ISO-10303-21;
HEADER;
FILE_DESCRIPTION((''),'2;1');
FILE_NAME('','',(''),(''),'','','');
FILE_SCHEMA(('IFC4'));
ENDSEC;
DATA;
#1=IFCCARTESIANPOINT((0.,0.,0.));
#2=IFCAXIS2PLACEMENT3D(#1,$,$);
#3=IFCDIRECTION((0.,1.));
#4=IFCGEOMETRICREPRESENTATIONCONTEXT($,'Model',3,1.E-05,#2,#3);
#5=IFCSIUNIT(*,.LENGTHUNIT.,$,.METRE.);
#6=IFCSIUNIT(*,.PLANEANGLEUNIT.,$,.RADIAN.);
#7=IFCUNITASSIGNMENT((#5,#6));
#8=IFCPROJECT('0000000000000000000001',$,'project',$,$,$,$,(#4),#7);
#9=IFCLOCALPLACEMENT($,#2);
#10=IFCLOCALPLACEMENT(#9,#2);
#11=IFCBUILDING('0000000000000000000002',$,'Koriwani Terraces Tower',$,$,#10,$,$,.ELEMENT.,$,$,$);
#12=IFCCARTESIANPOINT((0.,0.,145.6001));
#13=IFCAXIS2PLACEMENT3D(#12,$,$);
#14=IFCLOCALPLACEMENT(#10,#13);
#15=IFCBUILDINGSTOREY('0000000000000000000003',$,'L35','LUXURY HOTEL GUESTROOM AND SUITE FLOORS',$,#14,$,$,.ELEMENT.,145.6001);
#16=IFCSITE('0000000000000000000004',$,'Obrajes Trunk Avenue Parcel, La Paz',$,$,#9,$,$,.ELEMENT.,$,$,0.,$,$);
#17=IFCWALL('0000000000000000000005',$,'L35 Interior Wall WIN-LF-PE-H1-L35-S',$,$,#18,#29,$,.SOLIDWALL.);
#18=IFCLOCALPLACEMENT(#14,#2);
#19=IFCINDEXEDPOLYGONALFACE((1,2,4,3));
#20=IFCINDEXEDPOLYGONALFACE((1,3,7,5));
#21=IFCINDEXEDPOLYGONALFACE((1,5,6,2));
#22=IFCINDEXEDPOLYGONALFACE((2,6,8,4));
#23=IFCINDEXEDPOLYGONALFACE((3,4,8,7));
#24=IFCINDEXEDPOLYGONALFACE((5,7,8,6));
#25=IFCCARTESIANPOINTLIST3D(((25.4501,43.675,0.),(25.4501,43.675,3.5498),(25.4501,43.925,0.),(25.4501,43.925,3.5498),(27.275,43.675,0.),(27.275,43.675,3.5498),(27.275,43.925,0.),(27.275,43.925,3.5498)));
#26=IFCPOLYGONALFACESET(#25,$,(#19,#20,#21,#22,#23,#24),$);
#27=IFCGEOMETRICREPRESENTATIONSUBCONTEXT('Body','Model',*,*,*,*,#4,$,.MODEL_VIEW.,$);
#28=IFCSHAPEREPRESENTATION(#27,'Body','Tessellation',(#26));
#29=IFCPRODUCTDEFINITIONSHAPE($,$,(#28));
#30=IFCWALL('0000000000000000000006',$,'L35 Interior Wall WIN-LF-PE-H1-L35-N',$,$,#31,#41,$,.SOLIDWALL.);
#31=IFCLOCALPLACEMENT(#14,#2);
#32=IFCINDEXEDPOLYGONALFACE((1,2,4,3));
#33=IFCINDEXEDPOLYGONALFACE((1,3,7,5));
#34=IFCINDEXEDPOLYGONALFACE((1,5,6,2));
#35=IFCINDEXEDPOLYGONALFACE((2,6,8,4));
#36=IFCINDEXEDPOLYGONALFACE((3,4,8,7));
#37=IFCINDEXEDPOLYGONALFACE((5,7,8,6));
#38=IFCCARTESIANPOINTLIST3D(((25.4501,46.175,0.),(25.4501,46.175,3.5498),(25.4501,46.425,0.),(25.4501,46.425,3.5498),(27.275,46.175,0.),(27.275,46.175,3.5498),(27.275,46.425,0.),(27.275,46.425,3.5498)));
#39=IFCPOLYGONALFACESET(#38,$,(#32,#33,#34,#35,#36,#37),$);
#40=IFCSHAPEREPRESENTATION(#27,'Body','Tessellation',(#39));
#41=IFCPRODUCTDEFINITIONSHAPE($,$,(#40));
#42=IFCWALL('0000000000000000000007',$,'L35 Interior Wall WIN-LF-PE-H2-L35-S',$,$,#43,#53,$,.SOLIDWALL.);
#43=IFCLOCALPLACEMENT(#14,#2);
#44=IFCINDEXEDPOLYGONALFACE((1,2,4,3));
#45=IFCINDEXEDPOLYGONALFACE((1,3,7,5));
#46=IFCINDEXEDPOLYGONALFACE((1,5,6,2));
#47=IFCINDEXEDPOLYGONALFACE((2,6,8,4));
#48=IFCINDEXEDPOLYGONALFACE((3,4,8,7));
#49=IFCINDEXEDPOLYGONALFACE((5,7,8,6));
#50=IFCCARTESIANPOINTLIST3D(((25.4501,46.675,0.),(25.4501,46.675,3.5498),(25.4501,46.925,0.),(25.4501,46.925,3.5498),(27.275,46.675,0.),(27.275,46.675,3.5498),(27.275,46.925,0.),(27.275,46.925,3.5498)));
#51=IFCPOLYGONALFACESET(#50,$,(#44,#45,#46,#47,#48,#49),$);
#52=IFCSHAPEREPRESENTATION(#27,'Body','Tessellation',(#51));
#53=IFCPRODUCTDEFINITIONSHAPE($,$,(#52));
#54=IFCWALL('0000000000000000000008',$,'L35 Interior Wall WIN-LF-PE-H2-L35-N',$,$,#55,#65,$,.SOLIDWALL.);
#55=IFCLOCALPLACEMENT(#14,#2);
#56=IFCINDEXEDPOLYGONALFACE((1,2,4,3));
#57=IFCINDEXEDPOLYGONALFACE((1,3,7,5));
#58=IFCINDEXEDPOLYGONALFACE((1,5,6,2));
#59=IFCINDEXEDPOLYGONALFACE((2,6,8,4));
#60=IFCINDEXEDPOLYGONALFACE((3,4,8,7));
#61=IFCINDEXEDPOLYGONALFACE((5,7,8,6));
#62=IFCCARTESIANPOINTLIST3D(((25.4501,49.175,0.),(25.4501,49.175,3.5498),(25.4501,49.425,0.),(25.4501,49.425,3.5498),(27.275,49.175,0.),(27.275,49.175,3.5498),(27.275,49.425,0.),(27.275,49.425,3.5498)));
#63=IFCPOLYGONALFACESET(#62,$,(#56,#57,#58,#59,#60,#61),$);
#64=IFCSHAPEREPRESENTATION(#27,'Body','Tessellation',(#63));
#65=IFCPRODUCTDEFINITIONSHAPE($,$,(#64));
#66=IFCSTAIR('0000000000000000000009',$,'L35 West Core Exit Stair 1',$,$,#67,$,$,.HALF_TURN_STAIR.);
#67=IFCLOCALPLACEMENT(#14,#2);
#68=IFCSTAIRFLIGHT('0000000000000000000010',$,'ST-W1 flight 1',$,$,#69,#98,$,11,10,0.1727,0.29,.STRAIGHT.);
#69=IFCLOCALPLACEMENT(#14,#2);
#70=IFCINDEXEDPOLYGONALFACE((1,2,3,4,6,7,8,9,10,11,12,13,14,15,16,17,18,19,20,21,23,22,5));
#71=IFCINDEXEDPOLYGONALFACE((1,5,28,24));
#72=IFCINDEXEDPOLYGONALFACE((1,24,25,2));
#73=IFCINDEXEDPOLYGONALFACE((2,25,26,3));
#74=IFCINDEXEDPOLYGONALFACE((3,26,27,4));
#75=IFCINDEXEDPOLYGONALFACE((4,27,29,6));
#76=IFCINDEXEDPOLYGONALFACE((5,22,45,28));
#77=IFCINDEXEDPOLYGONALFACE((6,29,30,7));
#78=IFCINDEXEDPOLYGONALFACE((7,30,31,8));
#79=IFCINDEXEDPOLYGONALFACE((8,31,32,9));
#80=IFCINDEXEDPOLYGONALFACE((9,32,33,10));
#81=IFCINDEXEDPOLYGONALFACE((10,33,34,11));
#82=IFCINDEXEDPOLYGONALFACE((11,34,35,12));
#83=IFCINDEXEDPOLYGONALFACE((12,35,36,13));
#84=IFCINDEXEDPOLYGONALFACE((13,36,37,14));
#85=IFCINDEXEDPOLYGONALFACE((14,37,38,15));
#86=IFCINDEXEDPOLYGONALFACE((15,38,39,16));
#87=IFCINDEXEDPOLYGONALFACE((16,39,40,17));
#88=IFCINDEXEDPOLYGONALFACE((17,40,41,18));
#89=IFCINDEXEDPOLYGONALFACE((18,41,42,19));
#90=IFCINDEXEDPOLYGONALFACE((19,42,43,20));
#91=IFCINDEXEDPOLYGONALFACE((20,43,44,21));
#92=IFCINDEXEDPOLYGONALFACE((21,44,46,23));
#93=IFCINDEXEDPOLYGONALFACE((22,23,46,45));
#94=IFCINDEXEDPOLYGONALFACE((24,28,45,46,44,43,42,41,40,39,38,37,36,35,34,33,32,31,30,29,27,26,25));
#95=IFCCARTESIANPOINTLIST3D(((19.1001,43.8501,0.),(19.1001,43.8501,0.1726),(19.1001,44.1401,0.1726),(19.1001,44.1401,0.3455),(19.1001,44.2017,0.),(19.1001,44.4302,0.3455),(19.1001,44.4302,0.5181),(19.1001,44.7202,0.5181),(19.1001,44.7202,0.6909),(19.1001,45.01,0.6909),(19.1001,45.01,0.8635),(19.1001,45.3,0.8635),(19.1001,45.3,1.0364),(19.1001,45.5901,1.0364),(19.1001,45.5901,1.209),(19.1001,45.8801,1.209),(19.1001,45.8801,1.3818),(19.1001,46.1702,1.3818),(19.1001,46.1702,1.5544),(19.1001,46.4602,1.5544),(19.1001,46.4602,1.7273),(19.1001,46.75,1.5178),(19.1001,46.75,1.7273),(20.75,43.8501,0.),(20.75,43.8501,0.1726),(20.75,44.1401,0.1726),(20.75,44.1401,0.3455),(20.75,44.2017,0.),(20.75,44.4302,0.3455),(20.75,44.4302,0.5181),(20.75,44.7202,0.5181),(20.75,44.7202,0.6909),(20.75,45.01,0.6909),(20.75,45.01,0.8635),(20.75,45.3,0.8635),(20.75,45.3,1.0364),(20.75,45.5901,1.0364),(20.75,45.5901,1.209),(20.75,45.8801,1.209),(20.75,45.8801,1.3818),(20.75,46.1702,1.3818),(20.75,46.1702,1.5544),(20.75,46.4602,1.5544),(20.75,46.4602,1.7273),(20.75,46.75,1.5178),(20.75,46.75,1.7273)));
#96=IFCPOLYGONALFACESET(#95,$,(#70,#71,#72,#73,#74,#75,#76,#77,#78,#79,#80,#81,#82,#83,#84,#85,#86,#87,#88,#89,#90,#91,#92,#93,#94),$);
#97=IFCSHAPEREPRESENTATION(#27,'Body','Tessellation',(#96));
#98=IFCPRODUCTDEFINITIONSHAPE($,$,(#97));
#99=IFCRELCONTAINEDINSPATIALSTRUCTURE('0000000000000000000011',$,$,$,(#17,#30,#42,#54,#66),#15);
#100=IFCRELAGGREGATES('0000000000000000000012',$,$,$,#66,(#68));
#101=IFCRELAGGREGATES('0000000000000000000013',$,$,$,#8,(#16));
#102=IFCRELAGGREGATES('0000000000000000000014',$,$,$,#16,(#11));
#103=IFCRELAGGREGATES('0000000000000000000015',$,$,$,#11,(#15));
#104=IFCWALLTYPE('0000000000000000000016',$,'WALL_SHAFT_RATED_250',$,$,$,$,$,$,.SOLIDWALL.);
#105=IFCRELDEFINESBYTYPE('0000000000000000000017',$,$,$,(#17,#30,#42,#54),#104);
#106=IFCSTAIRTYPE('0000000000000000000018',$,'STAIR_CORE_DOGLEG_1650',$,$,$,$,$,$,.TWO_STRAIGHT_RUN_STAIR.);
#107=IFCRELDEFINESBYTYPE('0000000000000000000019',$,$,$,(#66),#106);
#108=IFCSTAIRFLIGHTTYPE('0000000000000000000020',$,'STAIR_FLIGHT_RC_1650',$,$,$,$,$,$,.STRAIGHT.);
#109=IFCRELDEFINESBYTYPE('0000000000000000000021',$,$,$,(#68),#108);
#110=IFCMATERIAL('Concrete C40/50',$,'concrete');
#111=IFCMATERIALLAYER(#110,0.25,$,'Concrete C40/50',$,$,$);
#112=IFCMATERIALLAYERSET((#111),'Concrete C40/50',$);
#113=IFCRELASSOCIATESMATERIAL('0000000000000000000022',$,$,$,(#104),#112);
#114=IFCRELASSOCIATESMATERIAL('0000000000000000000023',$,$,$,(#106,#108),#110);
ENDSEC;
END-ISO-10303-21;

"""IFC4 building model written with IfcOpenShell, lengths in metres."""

from ifc_helpers import new_model, si_unit, direction, frame, frame_2d, origin, place, context, subcontext, project, spatial, polyline, rectangle, outline, extrude, material, layer, layer_set, type_object, element, aggregate, save


model = new_model("IFC4")

# Units and contexts
model_context = context("Model", 3, precision=1e-05, world=origin(), true_north=direction((0.0, 1.0)))
body_context = subcontext(model_context, "Body", "Model", "MODEL_VIEW")
ifc_project = project(units=[si_unit("LENGTHUNIT", "METRE"), si_unit("PLANEANGLEUNIT", "RADIAN")], contexts=[model_context])

# Site, building, storey
site_placement = place(None, origin())
site = spatial("IfcSite", under=ifc_project, at=site_placement, Name="Obrajes Trunk Avenue Parcel, La Paz", CompositionType="ELEMENT", RefElevation=0.0)
building_placement = place(site_placement, origin())
building = spatial("IfcBuilding", under=site, at=building_placement, Name="Koriwani Terraces Tower", CompositionType="ELEMENT")
storey_placement = place(building_placement, frame((0.0, 0.0, 145.6001)))
storey = spatial("IfcBuildingStorey", under=building, at=storey_placement, Name="L35", Description="LUXURY HOTEL GUESTROOM AND SUITE FLOORS", CompositionType="ELEMENT", Elevation=145.6001)

# Shared definitions
ifc_material_1 = material(Name="Concrete C40/50", Category="concrete")
ifc_layer_1 = layer(ifc_material_1, 0.25, Name="Concrete C40/50")
ifc_layer_set_1 = layer_set([ifc_layer_1], Name="Concrete C40/50")
wall_type_1 = type_object("IfcWallType", Name="WALL_SHAFT_RATED_250", PredefinedType="SOLIDWALL", material=ifc_layer_set_1)

# Walls
for number, where, z_axis, x_axis, name in (
    (1, (25.45, 43.8, 0.0), (0.0, 0.0, 1.0), (1.0, 0.0, 0.0), "L35 Interior Wall WIN-LF-PE-H1-L35-S"),
    (2, (25.45, 46.3, 0.0), (0.0, 0.0, 1.0), (1.0, 0.0, 0.0), "L35 Interior Wall WIN-LF-PE-H1-L35-N"),
    (3, (25.45, 46.8, 0.0), (0.0, 0.0, 1.0), (1.0, 0.0, 0.0), "L35 Interior Wall WIN-LF-PE-H2-L35-S"),
    (4, (25.45, 49.3, 0.0), (0.0, 0.0, 1.0), (1.0, 0.0, 0.0), "L35 Interior Wall WIN-LF-PE-H2-L35-N"),
):
    element("IfcWall", number, at=place(storey_placement, frame(where, z_axis=z_axis, x_axis=x_axis)), inside=storey, type_object=wall_type_1, Name=name, PredefinedType="SOLIDWALL", context=body_context, shape_type="SweptSolid", body=[
        extrude(rectangle(XDim=1.825, YDim=0.25, at=frame_2d((0.9126, 0.0))), origin(), (0.0, 0.0, 1.0), 3.5498),
    ])

# Stair, stair flight
stair_type = type_object("IfcStairType", Name="STAIR_CORE_DOGLEG_1650", PredefinedType="TWO_STRAIGHT_RUN_STAIR", material=ifc_material_1)
stair_placement = place(storey_placement, origin())
stair = element("IfcStair", 5, at=stair_placement, inside=storey, type_object=stair_type, Name="L35 West Core Exit Stair 1", PredefinedType="HALF_TURN_STAIR")
stair_flight_type = type_object("IfcStairFlightType", Name="STAIR_FLIGHT_RC_1650", PredefinedType="STRAIGHT", material=ifc_material_1)
stair_flight_placement = place(storey_placement, frame((19.925, 43.8501, 0.0), z_axis=(0.0, 0.0, 1.0), x_axis=(0.0, 1.0, 0.0)))
stair_flight = element("IfcStairFlight", 6, at=stair_flight_placement, type_object=stair_flight_type, Name="ST-W1 flight 1", NumberOfRisers=11, NumberOfTreads=10, PredefinedType="STRAIGHT", RiserHeight=0.1727, TreadLength=0.29, context=body_context, shape_type="SweptSolid", body=[
    extrude(outline(polyline([(0.0, 0.0), (0.0, 0.1726), (0.29, 0.1726), (0.29, 0.3455), (0.5801, 0.3455), (0.5801, 0.5181), (0.8701, 0.5181), (0.8701, 0.6909), (1.1599, 0.6909), (1.1599, 0.8635), (1.45, 0.8635), (1.45, 1.0364), (1.74, 1.0364), (1.74, 1.209), (2.03, 1.209), (2.03, 1.3818), (2.3201, 1.3818), (2.3201, 1.5544), (2.6101, 1.5544), (2.6101, 1.7273), (2.8999, 1.7273), (2.8999, 1.8999), (2.8999, 1.5178), (0.3516, 0.0), (0.0, 0.0)])), frame((0.0, 0.825, 0.0), z_axis=(0.0, -1.0, 0.0), x_axis=(1.0, 0.0, 0.0)), (0.0, 0.0, 1.0), 1.6499),
])
aggregate(stair, [stair_flight])

save(model, "model.ifc")
